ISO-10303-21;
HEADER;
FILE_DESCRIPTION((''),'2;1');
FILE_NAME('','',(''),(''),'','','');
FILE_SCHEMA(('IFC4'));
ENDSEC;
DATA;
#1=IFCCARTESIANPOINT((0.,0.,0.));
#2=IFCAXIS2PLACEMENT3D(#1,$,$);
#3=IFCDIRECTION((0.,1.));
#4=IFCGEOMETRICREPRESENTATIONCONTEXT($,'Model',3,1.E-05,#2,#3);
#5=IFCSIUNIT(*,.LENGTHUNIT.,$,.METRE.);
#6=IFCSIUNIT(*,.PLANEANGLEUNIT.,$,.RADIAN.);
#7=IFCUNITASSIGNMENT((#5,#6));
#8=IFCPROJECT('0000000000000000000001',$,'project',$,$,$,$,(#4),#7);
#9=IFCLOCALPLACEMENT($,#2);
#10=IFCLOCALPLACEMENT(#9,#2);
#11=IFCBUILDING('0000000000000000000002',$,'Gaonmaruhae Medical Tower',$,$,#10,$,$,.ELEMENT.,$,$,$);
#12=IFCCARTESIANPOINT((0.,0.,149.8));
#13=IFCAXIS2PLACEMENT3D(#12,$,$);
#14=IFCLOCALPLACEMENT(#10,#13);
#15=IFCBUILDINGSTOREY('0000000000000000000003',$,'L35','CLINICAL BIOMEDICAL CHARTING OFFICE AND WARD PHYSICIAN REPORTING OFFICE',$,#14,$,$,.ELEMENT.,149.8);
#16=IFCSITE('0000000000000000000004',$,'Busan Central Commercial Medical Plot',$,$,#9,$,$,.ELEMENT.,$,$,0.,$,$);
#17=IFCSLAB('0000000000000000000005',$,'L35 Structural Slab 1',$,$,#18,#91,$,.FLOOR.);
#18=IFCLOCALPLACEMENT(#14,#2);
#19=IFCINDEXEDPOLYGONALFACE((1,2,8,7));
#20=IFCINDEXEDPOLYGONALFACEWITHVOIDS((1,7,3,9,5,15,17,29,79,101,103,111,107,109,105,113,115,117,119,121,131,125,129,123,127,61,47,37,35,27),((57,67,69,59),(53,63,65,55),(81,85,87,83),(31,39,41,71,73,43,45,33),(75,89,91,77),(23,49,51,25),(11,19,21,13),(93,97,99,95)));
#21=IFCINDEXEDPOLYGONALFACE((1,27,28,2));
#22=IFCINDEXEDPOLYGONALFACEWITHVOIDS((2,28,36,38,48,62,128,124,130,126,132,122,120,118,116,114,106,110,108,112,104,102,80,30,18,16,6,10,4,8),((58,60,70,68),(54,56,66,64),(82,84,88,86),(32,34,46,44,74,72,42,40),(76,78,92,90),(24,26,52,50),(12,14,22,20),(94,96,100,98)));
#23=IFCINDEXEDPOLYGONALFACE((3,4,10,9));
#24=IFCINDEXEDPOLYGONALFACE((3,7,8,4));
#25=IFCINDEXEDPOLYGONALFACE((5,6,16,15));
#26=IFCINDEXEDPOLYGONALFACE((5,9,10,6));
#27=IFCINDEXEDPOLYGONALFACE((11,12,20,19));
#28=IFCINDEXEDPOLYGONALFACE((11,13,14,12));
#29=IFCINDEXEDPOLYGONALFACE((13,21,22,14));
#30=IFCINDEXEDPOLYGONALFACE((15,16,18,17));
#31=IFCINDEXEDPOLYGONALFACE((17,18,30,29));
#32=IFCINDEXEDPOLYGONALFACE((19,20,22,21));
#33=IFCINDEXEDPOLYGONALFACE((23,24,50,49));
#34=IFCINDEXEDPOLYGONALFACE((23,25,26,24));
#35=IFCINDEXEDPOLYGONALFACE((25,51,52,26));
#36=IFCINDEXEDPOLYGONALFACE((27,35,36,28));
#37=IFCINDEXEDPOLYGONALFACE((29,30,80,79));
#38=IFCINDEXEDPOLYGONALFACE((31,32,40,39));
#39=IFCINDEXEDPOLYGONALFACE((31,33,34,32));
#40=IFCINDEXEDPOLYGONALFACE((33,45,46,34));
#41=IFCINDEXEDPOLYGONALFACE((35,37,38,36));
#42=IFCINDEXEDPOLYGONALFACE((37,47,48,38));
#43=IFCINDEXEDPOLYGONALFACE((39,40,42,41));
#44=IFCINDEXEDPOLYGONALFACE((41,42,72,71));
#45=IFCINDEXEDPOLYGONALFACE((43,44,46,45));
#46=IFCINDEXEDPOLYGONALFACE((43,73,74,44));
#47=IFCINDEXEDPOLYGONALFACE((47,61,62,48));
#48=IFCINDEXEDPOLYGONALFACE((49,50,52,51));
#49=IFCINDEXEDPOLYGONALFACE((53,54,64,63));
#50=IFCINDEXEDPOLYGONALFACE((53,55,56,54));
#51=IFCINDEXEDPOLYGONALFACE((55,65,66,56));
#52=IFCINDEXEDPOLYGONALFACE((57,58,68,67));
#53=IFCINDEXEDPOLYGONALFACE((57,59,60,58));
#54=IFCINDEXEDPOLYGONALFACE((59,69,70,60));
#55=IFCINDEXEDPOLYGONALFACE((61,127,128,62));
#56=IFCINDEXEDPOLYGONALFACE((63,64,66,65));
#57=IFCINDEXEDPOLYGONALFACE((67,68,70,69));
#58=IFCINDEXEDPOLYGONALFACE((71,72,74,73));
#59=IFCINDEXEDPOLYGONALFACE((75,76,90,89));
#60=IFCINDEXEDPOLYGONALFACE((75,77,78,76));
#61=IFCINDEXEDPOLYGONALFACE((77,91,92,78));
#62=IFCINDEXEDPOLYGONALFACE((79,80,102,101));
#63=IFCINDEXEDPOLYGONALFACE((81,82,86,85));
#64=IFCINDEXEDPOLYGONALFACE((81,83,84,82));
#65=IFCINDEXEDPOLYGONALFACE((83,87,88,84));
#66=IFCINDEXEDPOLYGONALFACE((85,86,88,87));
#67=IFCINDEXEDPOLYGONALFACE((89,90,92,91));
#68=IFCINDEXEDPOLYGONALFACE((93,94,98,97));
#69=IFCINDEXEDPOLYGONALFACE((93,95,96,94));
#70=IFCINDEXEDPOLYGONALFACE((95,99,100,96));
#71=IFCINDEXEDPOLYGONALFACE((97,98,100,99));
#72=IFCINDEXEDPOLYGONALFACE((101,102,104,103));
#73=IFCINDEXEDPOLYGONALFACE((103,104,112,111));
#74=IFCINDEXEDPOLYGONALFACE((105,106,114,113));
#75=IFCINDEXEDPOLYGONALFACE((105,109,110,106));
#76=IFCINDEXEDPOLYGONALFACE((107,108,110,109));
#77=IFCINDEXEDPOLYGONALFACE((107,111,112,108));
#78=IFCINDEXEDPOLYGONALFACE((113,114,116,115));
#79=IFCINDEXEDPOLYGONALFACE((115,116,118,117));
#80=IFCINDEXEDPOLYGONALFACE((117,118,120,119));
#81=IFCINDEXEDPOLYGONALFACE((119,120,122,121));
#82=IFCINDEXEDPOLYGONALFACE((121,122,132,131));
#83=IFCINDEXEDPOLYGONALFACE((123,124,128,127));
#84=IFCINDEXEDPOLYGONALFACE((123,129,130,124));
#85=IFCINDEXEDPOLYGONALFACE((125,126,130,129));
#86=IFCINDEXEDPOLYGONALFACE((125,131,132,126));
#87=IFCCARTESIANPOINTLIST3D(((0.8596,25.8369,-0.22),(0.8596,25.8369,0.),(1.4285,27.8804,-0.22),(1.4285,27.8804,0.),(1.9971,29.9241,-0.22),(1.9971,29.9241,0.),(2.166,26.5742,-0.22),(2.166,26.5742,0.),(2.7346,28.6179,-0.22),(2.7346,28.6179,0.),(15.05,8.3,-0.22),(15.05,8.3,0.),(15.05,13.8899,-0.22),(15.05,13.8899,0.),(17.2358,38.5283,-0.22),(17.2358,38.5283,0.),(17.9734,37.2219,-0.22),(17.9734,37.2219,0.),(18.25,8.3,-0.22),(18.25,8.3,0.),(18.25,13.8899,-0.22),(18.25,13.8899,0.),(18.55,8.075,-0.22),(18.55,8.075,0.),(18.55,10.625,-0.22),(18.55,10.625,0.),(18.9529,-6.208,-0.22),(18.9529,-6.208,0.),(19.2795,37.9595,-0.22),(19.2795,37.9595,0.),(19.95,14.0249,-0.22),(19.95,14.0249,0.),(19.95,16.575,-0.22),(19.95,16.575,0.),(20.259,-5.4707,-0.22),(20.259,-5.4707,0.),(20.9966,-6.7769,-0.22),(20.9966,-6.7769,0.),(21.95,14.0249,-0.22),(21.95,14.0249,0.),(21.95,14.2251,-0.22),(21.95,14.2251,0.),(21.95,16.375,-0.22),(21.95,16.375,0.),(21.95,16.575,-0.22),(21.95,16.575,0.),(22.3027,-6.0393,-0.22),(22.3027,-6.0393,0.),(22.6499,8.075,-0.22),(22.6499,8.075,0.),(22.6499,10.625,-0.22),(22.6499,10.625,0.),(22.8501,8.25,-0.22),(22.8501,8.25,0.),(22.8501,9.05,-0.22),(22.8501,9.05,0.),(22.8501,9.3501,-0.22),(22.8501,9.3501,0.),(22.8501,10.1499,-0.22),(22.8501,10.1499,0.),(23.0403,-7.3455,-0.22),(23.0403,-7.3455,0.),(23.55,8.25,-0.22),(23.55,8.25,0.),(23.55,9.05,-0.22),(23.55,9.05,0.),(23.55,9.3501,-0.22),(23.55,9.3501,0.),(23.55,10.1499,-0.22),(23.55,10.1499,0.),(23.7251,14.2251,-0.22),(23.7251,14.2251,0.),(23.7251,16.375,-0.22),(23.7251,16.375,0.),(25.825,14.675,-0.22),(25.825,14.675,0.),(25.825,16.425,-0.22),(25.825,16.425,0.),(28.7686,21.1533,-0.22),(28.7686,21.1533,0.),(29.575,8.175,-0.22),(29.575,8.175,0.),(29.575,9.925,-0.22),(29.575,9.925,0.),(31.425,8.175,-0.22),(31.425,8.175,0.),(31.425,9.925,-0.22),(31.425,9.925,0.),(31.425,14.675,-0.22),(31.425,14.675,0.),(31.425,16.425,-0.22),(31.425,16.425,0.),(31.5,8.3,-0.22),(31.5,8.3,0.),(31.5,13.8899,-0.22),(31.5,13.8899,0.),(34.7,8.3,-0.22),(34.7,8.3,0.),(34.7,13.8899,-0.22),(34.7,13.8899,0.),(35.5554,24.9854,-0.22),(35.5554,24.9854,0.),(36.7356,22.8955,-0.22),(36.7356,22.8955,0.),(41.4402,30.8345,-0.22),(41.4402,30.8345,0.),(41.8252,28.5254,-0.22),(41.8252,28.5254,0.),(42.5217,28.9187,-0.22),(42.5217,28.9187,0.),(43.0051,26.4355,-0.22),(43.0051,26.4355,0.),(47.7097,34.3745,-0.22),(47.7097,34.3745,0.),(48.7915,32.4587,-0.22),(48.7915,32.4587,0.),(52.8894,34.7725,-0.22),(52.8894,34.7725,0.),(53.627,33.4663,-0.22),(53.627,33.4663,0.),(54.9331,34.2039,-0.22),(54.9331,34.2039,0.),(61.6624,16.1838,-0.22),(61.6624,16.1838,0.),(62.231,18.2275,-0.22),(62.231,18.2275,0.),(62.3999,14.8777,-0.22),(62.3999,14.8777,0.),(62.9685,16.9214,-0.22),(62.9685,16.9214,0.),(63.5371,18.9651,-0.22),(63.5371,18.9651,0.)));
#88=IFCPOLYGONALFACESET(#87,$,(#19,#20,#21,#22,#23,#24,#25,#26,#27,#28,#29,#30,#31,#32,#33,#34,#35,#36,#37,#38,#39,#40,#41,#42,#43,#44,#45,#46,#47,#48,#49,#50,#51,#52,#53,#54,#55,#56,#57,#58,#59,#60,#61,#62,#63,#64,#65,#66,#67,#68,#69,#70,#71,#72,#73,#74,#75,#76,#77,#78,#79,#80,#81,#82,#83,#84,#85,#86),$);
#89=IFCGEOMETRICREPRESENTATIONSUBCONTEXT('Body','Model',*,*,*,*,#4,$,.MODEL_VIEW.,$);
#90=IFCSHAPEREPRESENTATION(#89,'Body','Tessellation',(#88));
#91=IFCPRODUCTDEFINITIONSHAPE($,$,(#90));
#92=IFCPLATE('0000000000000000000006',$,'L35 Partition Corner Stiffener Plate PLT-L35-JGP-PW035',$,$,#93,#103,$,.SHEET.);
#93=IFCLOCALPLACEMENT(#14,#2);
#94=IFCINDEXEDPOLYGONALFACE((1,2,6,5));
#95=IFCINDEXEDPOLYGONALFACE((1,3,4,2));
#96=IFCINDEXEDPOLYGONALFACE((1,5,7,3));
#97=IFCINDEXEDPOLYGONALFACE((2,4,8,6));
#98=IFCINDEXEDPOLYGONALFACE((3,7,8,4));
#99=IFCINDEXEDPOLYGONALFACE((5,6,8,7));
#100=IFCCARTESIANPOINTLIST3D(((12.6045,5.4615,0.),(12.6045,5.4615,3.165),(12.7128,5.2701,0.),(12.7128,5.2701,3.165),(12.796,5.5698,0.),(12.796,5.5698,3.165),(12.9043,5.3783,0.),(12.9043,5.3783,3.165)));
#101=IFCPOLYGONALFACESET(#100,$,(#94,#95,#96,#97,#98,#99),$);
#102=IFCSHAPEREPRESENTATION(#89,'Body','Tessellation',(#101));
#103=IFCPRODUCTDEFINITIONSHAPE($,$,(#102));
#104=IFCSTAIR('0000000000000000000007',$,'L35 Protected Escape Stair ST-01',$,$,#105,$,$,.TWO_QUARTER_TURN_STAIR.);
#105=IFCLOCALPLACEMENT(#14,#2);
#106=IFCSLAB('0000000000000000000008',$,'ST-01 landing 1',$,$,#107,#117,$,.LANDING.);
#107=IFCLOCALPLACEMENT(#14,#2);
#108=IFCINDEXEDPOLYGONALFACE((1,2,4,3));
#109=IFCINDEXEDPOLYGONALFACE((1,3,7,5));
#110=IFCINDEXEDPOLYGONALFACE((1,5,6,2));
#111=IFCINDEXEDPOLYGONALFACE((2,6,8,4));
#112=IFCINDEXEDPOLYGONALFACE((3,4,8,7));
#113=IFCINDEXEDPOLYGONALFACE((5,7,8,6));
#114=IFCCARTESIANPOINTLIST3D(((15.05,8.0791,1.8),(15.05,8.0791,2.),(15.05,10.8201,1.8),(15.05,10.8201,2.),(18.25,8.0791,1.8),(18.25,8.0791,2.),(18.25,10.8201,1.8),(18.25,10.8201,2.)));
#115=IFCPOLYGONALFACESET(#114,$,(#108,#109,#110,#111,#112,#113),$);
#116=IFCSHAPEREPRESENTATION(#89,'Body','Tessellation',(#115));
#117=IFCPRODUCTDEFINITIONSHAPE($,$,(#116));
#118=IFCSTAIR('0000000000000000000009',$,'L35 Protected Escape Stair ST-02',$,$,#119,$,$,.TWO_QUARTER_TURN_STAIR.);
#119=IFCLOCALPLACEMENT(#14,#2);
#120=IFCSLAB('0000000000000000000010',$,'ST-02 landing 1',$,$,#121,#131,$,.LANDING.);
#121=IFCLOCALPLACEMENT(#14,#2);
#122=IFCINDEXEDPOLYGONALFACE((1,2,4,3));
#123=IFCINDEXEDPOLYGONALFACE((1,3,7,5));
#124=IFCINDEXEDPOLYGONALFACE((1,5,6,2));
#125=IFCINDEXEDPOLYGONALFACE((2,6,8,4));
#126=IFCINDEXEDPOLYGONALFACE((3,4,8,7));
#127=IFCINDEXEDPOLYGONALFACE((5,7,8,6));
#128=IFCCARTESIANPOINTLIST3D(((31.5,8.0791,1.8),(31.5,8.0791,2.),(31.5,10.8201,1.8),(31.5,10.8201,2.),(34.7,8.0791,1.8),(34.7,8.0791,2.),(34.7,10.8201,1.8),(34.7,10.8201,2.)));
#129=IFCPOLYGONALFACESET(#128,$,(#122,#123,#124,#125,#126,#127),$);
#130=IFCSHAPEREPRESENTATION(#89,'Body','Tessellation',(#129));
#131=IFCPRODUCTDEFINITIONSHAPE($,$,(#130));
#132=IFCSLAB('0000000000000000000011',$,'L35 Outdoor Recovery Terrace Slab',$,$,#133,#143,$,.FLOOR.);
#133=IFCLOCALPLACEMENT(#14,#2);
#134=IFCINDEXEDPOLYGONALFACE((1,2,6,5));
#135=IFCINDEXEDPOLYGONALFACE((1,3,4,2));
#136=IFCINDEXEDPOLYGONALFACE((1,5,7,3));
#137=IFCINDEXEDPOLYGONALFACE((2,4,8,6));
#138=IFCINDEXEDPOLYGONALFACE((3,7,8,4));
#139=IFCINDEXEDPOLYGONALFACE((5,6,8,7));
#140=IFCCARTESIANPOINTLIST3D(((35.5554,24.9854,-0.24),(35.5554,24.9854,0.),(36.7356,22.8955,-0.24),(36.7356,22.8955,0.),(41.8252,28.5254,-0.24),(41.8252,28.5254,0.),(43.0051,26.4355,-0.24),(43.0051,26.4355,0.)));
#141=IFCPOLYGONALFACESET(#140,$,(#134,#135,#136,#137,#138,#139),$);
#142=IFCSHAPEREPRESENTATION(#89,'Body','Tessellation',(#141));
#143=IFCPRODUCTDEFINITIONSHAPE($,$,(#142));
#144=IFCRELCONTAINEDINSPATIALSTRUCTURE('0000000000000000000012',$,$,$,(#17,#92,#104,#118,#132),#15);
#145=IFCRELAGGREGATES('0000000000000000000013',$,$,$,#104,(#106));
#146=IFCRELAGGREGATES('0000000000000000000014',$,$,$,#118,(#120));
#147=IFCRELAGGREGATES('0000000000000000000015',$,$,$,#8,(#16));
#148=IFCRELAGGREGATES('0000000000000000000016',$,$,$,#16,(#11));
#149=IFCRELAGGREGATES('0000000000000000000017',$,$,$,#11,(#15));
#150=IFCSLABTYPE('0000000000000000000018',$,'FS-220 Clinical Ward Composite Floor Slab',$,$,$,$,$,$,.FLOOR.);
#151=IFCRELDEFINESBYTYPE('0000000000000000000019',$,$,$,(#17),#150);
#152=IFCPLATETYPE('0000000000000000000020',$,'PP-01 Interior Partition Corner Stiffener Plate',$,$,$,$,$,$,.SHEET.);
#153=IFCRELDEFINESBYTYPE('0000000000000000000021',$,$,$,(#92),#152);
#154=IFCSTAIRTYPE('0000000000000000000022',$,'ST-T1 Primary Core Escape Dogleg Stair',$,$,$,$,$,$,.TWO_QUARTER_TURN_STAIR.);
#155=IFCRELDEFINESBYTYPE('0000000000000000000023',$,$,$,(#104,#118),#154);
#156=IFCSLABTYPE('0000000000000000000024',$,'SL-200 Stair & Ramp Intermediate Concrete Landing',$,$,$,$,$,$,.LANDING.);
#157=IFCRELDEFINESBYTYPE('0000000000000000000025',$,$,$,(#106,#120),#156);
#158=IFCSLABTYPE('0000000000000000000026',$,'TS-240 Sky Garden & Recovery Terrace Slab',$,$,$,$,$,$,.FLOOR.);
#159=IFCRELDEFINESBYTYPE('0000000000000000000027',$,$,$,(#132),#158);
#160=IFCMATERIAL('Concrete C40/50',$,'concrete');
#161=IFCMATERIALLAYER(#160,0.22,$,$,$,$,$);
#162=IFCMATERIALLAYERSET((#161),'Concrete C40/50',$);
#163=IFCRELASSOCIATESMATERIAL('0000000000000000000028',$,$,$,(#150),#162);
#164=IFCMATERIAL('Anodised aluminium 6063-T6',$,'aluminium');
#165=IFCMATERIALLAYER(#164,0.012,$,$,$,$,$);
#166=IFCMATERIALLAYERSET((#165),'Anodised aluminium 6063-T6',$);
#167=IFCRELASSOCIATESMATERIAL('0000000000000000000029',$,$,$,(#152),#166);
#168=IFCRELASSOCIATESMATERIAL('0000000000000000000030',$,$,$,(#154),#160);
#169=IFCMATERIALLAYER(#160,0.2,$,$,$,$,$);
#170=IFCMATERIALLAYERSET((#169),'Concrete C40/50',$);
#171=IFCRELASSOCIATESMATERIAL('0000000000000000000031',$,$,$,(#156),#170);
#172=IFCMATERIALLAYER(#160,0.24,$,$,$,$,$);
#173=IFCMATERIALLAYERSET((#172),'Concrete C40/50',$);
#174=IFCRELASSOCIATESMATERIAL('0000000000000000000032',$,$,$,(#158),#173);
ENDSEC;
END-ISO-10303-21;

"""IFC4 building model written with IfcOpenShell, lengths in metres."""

from ifc_helpers import new_model, si_unit, direction, frame, origin, origin_2d, place, context, subcontext, project, spatial, polyline, rectangle, outline, extrude, material, layer, layer_set, type_object, element, aggregate, save


model = new_model("IFC4")

# Units and contexts
model_context = context("Model", 3, precision=1e-05, world=origin(), true_north=direction((0.0, 1.0)))
body_context = subcontext(model_context, "Body", "Model", "MODEL_VIEW")
ifc_project = project(units=[si_unit("LENGTHUNIT", "METRE"), si_unit("PLANEANGLEUNIT", "RADIAN")], contexts=[model_context])

# Site, building, storey
site_placement = place(None, origin())
site = spatial("IfcSite", under=ifc_project, at=site_placement, Name="Busan Central Commercial Medical Plot", CompositionType="ELEMENT", RefElevation=0.0)
building_placement = place(site_placement, origin())
building = spatial("IfcBuilding", under=site, at=building_placement, Name="Gaonmaruhae Medical Tower", CompositionType="ELEMENT")
storey_placement = place(building_placement, frame((0.0, 0.0, 149.8)))
storey = spatial("IfcBuildingStorey", under=building, at=storey_placement, Name="L35", Description="CLINICAL BIOMEDICAL CHARTING OFFICE AND WARD PHYSICIAN REPORTING OFFICE", CompositionType="ELEMENT", Elevation=149.8)

# Slab
ifc_material_1 = material(Name="Concrete C40/50", Category="concrete")
ifc_layer_1 = layer(ifc_material_1, 0.22)
ifc_layer_set_1 = layer_set([ifc_layer_1], Name="Concrete C40/50")
slab_type_1 = type_object("IfcSlabType", Name="FS-220 Clinical Ward Composite Floor Slab", PredefinedType="FLOOR", material=ifc_layer_set_1)
slab_1_placement = place(storey_placement, frame((0.0, 0.0, -0.22)))
element("IfcSlab", 1, at=slab_1_placement, inside=storey, type_object=slab_type_1, Name="L35 Structural Slab 1", PredefinedType="FLOOR", context=body_context, shape_type="SweptSolid", body=[
    extrude(outline(polyline([(53.627, 33.4663), (54.9331, 34.2039), (63.5371, 18.9651), (62.231, 18.2275), (62.9685, 16.9214), (61.6624, 16.1838), (62.3999, 14.8777), (23.0403, -7.3455), (22.3027, -6.0393), (20.9966, -6.7769), (20.259, -5.4707), (18.9529, -6.208), (0.8596, 25.8369), (2.166, 26.5742), (1.4285, 27.8804), (2.7346, 28.6179), (1.9971, 29.9241), (17.2358, 38.5283), (17.9734, 37.2219), (19.2795, 37.9595), (28.7686, 21.1533), (35.5554, 24.9854), (36.7356, 22.8955), (43.0051, 26.4355), (41.8252, 28.5254), (42.5217, 28.9187), (41.4402, 30.8345), (47.7097, 34.3745), (48.7915, 32.4587), (52.8894, 34.7725), (53.627, 33.4663)]), holes=[polyline([(23.55, 8.25), (22.8501, 8.25), (22.8501, 9.05), (23.55, 9.05), (23.55, 8.25)]), polyline([(31.425, 9.925), (31.425, 8.175), (29.575, 8.175), (29.575, 9.925), (31.425, 9.925)]), polyline([(22.6499, 10.625), (22.6499, 8.075), (18.55, 8.075), (18.55, 10.625), (22.6499, 10.625)]), polyline([(23.55, 9.3501), (22.8501, 9.3501), (22.8501, 10.1499), (23.55, 10.1499), (23.55, 9.3501)]), polyline([(15.05, 13.8899), (18.25, 13.8899), (18.25, 8.3), (15.05, 8.3), (15.05, 13.8899)]), polyline([(31.5, 13.8899), (34.7, 13.8899), (34.7, 8.3), (31.5, 8.3), (31.5, 13.8899)]), polyline([(21.95, 14.2251), (21.95, 14.0249), (19.95, 14.0249), (19.95, 16.575), (21.95, 16.575), (21.95, 16.375), (23.7251, 16.375), (23.7251, 14.2251), (21.95, 14.2251)]), polyline([(31.425, 16.425), (31.425, 14.675), (25.825, 14.675), (25.825, 16.425), (31.425, 16.425)])]), origin(), (0.0, 0.0, 1.0), 0.22),
])

# Plate
ifc_material_2 = material(Name="Anodised aluminium 6063-T6", Category="aluminium")
ifc_layer_2 = layer(ifc_material_2, 0.012)
ifc_layer_set_2 = layer_set([ifc_layer_2], Name="Anodised aluminium 6063-T6")
plate_type = type_object("IfcPlateType", Name="PP-01 Interior Partition Corner Stiffener Plate", PredefinedType="SHEET", material=ifc_layer_set_2)
plate_placement = place(storey_placement, frame((12.7544, 5.4199, 0.0), z_axis=(0.0, 0.0, 1.0), x_axis=(-0.492089, 0.870545, 0.0)))
element("IfcPlate", 2, at=plate_placement, inside=storey, type_object=plate_type, Name="L35 Partition Corner Stiffener Plate PLT-L35-JGP-PW035", PredefinedType="SHEET", context=body_context, shape_type="SweptSolid", body=[
    extrude(rectangle(XDim=0.22, YDim=0.22, at=origin_2d()), origin(), (0.0, 0.0, 1.0), 3.165),
])

# Stairs, slabs
stair_type = type_object("IfcStairType", Name="ST-T1 Primary Core Escape Dogleg Stair", PredefinedType="TWO_QUARTER_TURN_STAIR", material=ifc_material_1)
stair_1_placement = place(storey_placement, origin())
stair_1 = element("IfcStair", 3, at=stair_1_placement, inside=storey, type_object=stair_type, Name="L35 Protected Escape Stair ST-01", PredefinedType="TWO_QUARTER_TURN_STAIR")
ifc_layer_3 = layer(ifc_material_1, 0.2)
ifc_layer_set_3 = layer_set([ifc_layer_3], Name="Concrete C40/50")
slab_type_2 = type_object("IfcSlabType", Name="SL-200 Stair & Ramp Intermediate Concrete Landing", PredefinedType="LANDING", material=ifc_layer_set_3)
slab_2_placement = place(storey_placement, frame((0.0, 0.0, 1.8)))
slab_2 = element("IfcSlab", 4, at=slab_2_placement, type_object=slab_type_2, Name="ST-01 landing 1", PredefinedType="LANDING", context=body_context, shape_type="SweptSolid", body=[
    extrude(outline(polyline([(15.05, 10.8201), (15.05, 8.0791), (18.25, 8.0791), (18.25, 10.8201), (15.05, 10.8201)])), origin(), (0.0, 0.0, 1.0), 0.2),
])
aggregate(stair_1, [slab_2])
stair_2_placement = place(storey_placement, origin())
stair_2 = element("IfcStair", 5, at=stair_2_placement, inside=storey, type_object=stair_type, Name="L35 Protected Escape Stair ST-02", PredefinedType="TWO_QUARTER_TURN_STAIR")
slab_3_placement = place(storey_placement, frame((0.0, 0.0, 1.8)))
slab_3 = element("IfcSlab", 6, at=slab_3_placement, type_object=slab_type_2, Name="ST-02 landing 1", PredefinedType="LANDING", context=body_context, shape_type="SweptSolid", body=[
    extrude(outline(polyline([(31.5, 10.8201), (31.5, 8.0791), (34.7, 8.0791), (34.7, 10.8201), (31.5, 10.8201)])), origin(), (0.0, 0.0, 1.0), 0.2),
])
aggregate(stair_2, [slab_3])

# Slab
ifc_layer_4 = layer(ifc_material_1, 0.24)
ifc_layer_set_4 = layer_set([ifc_layer_4], Name="Concrete C40/50")
slab_type_3 = type_object("IfcSlabType", Name="TS-240 Sky Garden & Recovery Terrace Slab", PredefinedType="FLOOR", material=ifc_layer_set_4)
slab_4_placement = place(storey_placement, frame((0.0, 0.0, -0.24)))
element("IfcSlab", 7, at=slab_4_placement, inside=storey, type_object=slab_type_3, Name="L35 Outdoor Recovery Terrace Slab", PredefinedType="FLOOR", context=body_context, shape_type="SweptSolid", body=[
    extrude(outline(polyline([(36.7356, 22.8955), (43.0051, 26.4355), (41.8252, 28.5254), (35.5554, 24.9854), (36.7356, 22.8955)])), origin(), (0.0, 0.0, 1.0), 0.24),
])

save(model, "model.ifc")
